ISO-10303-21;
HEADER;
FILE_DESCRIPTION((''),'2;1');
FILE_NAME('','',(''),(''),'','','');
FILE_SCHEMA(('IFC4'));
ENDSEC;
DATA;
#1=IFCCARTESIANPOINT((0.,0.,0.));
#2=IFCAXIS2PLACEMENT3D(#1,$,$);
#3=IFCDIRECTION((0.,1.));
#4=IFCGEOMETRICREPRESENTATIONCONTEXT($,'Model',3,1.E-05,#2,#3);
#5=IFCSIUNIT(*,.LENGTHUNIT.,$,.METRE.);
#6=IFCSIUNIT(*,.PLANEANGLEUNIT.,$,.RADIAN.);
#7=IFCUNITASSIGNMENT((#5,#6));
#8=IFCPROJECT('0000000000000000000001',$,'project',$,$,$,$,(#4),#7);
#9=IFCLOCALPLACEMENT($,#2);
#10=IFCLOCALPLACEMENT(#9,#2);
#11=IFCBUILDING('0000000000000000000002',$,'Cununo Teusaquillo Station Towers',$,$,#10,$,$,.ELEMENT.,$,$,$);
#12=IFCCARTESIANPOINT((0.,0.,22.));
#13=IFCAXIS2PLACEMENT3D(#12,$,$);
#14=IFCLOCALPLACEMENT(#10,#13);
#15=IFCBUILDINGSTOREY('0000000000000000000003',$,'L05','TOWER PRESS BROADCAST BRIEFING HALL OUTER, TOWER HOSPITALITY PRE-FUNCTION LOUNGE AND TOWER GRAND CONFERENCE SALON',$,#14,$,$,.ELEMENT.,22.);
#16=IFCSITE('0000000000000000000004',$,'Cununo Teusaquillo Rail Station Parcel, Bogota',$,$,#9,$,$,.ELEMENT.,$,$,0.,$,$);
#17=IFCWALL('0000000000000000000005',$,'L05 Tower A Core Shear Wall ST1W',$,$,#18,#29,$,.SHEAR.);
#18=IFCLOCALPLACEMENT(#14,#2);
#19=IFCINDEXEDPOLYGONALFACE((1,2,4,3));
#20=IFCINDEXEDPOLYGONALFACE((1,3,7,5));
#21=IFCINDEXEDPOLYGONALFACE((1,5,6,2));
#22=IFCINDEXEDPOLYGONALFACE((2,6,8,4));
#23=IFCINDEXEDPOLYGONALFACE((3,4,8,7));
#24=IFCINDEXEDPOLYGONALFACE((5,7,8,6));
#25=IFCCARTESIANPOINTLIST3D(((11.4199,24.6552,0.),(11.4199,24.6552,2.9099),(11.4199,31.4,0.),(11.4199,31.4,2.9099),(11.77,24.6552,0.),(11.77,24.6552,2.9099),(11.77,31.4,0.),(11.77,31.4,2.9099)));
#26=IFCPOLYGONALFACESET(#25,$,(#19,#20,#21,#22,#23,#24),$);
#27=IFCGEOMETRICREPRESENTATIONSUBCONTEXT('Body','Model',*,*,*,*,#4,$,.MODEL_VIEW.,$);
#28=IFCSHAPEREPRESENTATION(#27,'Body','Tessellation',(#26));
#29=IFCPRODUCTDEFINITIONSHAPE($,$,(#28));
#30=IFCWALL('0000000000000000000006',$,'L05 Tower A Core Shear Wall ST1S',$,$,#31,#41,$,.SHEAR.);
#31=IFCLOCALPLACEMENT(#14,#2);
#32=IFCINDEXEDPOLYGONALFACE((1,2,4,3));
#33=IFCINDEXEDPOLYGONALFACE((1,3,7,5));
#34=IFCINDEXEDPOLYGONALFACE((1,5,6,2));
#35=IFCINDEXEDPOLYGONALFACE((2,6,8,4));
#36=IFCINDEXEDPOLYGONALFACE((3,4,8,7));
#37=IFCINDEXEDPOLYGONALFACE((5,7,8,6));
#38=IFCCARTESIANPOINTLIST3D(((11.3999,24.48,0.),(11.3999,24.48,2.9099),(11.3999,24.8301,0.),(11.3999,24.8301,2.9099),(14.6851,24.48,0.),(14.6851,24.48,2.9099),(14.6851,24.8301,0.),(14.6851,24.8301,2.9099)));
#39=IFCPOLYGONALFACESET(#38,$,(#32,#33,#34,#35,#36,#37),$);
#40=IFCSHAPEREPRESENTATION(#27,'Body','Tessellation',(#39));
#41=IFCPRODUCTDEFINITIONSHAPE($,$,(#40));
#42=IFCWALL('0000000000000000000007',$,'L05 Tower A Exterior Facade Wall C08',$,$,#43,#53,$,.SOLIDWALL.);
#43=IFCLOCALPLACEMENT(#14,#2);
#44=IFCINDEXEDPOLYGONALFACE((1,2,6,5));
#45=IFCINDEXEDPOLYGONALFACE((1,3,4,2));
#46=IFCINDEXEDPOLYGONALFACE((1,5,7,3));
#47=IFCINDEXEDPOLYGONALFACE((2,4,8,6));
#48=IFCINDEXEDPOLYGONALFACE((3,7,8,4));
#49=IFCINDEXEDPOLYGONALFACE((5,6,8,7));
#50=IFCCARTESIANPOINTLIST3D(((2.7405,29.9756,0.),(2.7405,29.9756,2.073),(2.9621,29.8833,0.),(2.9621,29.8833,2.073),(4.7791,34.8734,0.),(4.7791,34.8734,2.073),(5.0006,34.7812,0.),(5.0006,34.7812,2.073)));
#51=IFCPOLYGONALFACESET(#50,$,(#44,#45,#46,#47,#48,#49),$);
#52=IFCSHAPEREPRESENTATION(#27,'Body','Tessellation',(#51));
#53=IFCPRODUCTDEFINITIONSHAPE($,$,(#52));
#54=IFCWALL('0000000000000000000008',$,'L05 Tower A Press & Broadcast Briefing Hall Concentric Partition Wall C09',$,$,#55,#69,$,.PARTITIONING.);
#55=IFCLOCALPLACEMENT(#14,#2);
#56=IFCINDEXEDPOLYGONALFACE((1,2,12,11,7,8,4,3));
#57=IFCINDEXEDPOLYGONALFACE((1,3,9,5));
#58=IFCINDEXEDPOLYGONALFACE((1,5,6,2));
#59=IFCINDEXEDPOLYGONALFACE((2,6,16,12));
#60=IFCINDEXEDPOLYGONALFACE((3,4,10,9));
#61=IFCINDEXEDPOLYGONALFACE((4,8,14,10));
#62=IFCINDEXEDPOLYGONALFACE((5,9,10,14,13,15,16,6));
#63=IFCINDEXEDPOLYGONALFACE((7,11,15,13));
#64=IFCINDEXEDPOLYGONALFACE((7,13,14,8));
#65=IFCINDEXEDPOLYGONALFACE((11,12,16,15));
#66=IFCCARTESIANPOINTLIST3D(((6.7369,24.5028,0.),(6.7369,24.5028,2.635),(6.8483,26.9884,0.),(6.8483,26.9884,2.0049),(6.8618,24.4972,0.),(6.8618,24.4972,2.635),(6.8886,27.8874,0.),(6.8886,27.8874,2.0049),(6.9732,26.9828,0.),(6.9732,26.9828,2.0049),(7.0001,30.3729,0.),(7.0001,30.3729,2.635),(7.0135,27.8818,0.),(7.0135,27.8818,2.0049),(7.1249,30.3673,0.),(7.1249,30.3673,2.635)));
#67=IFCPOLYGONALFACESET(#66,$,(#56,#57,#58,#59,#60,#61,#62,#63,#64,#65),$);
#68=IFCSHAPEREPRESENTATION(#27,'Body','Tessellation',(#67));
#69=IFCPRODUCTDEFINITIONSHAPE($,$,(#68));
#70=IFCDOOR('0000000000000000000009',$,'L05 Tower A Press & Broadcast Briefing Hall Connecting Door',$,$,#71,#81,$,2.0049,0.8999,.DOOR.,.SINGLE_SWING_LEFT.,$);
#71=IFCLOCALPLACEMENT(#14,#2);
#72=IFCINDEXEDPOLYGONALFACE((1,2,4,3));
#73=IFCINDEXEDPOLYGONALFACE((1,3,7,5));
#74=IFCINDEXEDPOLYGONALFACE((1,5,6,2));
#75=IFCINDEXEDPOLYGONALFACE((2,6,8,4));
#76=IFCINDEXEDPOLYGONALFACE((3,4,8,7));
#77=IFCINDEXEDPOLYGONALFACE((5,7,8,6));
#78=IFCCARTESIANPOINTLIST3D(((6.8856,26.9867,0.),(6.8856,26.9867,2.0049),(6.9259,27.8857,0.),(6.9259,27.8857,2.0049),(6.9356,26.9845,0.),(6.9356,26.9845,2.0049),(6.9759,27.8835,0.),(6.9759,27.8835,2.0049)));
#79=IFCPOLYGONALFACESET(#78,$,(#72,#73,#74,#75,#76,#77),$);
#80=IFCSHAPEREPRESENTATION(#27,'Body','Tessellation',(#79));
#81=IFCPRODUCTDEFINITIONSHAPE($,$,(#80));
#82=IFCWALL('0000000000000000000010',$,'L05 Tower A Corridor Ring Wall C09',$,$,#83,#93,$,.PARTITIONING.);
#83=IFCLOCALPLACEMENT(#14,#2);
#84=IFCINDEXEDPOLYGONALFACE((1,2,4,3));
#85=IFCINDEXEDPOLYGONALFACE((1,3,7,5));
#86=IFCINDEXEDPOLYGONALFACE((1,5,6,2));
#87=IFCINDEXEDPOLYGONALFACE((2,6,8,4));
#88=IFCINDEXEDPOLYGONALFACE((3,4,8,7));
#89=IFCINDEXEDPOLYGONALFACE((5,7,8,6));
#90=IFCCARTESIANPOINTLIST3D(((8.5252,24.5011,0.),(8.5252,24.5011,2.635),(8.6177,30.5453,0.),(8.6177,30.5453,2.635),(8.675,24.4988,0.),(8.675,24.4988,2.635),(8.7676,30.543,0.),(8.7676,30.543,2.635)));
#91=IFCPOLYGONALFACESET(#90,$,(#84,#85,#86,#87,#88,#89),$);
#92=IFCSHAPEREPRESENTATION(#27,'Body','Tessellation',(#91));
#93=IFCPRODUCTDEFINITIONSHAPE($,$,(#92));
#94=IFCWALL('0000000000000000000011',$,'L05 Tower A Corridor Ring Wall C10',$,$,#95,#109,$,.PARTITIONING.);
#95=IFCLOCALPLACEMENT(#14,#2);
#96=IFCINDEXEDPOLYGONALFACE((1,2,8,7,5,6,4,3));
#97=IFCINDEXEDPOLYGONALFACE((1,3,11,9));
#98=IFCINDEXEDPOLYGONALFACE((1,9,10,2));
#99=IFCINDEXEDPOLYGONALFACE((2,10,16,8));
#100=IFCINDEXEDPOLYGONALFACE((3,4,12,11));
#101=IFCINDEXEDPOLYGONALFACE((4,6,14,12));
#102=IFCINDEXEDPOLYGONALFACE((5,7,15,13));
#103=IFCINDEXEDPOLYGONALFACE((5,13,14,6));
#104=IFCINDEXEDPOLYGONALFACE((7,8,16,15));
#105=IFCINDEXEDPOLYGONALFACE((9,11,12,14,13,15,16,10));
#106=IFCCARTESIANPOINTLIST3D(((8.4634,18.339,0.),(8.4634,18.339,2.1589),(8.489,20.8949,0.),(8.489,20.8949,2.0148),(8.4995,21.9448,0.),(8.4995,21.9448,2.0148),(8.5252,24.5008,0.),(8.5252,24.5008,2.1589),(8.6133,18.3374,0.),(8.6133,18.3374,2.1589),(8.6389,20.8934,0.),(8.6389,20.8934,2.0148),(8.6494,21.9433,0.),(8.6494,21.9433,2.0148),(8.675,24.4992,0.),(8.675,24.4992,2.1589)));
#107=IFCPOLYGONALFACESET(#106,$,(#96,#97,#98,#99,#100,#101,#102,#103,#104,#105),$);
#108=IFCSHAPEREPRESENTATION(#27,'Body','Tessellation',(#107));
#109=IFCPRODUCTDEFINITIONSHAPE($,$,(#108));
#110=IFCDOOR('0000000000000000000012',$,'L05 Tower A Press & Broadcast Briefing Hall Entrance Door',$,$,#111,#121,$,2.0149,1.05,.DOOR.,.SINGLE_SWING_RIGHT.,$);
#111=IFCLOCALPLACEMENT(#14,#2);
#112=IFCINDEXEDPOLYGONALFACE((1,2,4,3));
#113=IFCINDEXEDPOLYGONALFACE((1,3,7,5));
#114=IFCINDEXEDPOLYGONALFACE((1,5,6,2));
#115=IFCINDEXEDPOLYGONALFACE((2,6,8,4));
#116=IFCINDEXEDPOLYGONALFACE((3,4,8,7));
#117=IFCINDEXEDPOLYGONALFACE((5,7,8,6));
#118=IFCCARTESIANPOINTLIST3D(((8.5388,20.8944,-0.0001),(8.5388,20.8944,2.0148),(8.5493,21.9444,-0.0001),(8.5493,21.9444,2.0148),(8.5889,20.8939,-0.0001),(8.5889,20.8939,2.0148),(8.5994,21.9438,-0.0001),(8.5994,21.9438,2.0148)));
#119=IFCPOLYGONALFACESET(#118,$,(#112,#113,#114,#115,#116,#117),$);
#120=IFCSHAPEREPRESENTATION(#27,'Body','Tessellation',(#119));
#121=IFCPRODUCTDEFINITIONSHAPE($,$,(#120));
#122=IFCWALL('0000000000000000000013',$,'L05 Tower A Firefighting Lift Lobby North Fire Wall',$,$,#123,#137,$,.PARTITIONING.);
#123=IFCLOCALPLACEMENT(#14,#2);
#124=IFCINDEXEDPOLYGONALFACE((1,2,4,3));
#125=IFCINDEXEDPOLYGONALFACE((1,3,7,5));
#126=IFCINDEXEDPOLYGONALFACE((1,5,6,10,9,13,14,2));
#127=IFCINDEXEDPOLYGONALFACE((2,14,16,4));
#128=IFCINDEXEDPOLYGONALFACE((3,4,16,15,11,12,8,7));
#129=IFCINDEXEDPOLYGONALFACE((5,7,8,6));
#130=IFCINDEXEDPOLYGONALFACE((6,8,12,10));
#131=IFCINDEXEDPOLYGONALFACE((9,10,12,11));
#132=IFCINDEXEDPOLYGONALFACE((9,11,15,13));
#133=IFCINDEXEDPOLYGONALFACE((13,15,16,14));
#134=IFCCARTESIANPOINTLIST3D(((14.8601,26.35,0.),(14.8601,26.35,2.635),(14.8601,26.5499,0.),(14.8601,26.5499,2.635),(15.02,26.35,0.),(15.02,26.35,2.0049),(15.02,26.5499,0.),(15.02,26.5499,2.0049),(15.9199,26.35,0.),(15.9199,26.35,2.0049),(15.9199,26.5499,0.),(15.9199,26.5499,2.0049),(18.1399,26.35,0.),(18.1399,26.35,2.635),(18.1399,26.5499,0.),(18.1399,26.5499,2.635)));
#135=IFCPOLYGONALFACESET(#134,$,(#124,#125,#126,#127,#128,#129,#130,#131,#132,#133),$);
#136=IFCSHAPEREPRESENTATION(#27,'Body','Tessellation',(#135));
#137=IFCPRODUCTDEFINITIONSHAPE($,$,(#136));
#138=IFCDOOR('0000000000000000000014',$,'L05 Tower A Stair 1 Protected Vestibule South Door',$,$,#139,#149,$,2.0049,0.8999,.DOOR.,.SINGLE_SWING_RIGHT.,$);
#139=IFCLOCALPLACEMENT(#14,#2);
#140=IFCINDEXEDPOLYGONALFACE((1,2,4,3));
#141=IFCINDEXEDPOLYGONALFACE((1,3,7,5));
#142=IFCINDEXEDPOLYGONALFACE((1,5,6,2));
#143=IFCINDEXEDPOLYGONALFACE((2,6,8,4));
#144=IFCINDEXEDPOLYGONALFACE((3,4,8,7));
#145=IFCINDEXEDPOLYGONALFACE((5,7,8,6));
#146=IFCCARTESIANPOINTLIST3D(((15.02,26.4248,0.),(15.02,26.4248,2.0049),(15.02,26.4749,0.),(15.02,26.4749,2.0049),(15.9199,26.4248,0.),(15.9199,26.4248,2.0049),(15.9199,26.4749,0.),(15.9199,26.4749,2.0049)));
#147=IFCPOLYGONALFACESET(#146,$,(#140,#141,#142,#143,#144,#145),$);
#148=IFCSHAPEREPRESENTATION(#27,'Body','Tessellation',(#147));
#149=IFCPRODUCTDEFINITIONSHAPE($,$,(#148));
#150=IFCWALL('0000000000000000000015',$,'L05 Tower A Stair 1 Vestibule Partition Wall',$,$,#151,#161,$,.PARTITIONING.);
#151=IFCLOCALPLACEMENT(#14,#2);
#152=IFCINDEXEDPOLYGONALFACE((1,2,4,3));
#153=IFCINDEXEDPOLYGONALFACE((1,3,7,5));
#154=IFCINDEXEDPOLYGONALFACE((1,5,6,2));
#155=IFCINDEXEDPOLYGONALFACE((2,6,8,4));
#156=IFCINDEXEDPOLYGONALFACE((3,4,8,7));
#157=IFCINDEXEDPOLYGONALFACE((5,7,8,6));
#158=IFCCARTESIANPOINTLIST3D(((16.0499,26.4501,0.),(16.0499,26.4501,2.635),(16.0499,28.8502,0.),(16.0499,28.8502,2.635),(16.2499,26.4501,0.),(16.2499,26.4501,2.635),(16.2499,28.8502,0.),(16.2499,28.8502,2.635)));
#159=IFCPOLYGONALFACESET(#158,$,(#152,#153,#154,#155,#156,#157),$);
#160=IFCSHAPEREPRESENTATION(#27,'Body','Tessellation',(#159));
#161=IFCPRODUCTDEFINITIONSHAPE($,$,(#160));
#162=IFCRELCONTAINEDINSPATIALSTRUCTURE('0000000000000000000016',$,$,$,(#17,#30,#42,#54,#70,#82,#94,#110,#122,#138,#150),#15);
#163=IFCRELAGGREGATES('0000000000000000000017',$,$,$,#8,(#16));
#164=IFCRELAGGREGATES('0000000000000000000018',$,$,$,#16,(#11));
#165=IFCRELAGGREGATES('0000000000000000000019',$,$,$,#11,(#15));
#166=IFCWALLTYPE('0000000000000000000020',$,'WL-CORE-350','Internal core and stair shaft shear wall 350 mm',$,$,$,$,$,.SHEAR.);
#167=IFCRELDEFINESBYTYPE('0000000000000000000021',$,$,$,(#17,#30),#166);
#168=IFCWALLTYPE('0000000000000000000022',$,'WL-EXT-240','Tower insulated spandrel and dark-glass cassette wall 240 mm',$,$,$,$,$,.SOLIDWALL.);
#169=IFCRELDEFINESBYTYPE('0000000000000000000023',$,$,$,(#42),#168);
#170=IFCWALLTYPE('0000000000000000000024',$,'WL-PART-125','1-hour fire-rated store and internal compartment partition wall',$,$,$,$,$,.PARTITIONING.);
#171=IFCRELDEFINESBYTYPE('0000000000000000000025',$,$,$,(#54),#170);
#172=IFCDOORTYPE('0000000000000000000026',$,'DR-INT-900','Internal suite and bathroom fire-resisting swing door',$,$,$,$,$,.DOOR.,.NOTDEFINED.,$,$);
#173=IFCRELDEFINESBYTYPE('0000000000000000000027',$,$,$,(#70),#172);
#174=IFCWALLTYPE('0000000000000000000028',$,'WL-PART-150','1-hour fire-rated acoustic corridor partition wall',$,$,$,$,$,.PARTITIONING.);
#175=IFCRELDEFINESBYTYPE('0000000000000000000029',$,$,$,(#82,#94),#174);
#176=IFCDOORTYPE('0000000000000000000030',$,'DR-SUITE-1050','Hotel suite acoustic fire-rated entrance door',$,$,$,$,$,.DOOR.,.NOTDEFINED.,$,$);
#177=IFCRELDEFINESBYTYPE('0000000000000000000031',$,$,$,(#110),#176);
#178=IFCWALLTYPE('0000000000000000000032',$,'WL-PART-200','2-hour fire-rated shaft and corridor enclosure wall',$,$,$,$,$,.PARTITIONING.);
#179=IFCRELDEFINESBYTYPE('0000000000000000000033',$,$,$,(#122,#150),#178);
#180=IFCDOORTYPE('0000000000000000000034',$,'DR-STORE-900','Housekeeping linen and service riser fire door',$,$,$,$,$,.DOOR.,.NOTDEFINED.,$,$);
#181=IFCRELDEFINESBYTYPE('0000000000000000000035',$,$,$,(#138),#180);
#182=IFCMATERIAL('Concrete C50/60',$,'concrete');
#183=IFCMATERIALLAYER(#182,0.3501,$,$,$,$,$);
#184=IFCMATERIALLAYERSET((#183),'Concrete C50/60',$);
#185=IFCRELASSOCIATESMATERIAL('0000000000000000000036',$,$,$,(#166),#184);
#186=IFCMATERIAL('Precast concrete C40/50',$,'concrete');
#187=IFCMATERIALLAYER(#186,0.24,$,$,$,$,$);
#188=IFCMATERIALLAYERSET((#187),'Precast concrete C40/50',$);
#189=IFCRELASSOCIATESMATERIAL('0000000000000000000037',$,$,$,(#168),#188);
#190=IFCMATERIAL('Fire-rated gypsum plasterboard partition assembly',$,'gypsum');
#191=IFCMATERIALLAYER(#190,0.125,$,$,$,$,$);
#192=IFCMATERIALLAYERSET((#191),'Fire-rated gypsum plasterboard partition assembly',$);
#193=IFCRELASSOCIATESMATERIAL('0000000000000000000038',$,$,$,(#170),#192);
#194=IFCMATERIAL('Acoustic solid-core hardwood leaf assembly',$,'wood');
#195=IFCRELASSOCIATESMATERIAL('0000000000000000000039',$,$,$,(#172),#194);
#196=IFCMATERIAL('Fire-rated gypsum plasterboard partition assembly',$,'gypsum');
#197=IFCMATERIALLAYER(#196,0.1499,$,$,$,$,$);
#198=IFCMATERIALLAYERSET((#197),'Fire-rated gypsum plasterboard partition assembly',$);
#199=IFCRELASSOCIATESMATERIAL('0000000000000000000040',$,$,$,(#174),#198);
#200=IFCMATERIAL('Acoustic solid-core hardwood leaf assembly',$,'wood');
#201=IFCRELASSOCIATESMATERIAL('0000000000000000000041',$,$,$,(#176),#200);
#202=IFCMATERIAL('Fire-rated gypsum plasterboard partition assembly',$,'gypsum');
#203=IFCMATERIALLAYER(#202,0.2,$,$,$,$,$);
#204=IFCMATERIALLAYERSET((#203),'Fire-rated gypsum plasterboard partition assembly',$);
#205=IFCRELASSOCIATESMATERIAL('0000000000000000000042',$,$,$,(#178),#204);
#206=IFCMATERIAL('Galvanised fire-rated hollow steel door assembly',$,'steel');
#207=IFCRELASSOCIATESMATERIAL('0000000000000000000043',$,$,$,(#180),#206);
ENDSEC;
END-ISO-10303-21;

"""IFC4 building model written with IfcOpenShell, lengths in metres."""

from ifc_helpers import new_model, si_unit, direction, frame, frame_2d, origin, place, context, subcontext, project, spatial, rectangle, extrude, source, transform, mapped, material, layer, layer_set, type_object, element, fill, save


model = new_model("IFC4")

# Units and contexts
model_context = context("Model", 3, precision=1e-05, world=origin(), true_north=direction((0.0, 1.0)))
body_context = subcontext(model_context, "Body", "Model", "MODEL_VIEW")
ifc_project = project(units=[si_unit("LENGTHUNIT", "METRE"), si_unit("PLANEANGLEUNIT", "RADIAN")], contexts=[model_context])

# Site, building, storey
site_placement = place(None, origin())
site = spatial("IfcSite", under=ifc_project, at=site_placement, Name="Cununo Teusaquillo Rail Station Parcel, Bogota", CompositionType="ELEMENT", RefElevation=0.0)
building_placement = place(site_placement, origin())
building = spatial("IfcBuilding", under=site, at=building_placement, Name="Cununo Teusaquillo Station Towers", CompositionType="ELEMENT")
storey_placement = place(building_placement, frame((0.0, 0.0, 22.0)))
storey = spatial("IfcBuildingStorey", under=building, at=storey_placement, Name="L05", Description="TOWER PRESS BROADCAST BRIEFING HALL OUTER, TOWER HOSPITALITY PRE-FUNCTION LOUNGE AND TOWER GRAND CONFERENCE SALON", CompositionType="ELEMENT", Elevation=22.0)

# Walls
ifc_material_1 = material(Name="Concrete C50/60", Category="concrete")
ifc_layer_1 = layer(ifc_material_1, 0.3501)
ifc_layer_set_1 = layer_set([ifc_layer_1], Name="Concrete C50/60")
wall_type_1 = type_object("IfcWallType", Name="WL-CORE-350", Description="Internal core and stair shaft shear wall 350 mm", PredefinedType="SHEAR", material=ifc_layer_set_1)
wall_1_placement = place(storey_placement, frame((11.595, 24.655, 0.0), z_axis=(0.0, 0.0, 1.0), x_axis=(0.0, 1.0, 0.0)))
element("IfcWall", 1, at=wall_1_placement, inside=storey, type_object=wall_type_1, Name="L05 Tower A Core Shear Wall ST1W", PredefinedType="SHEAR", context=body_context, shape_type="SweptSolid", body=[
    extrude(rectangle(XDim=6.7449, YDim=0.3501, at=frame_2d((3.3726, 0.0))), origin(), (0.0, 0.0, 1.0), 2.9099),
])
wall_2_placement = place(storey_placement, frame((11.3999, 24.655, 0.0), z_axis=(0.0, 0.0, 1.0), x_axis=(1.0, 0.0, 0.0)))
element("IfcWall", 2, at=wall_2_placement, inside=storey, type_object=wall_type_1, Name="L05 Tower A Core Shear Wall ST1S", PredefinedType="SHEAR", context=body_context, shape_type="SweptSolid", body=[
    extrude(rectangle(XDim=3.2852, YDim=0.3501, at=frame_2d((1.6426, 0.0))), origin(), (0.0, 0.0, 1.0), 2.9099),
])
ifc_material_2 = material(Name="Precast concrete C40/50", Category="concrete")
ifc_layer_2 = layer(ifc_material_2, 0.24)
ifc_layer_set_2 = layer_set([ifc_layer_2], Name="Precast concrete C40/50")
wall_type_2 = type_object("IfcWallType", Name="WL-EXT-240", Description="Tower insulated spandrel and dark-glass cassette wall 240 mm", PredefinedType="SOLIDWALL", material=ifc_layer_set_2)
wall_3_placement = place(storey_placement, frame((2.8513, 29.9294, 0.0), z_axis=(0.0, 0.0, 1.0), x_axis=(0.384256, 0.923227, 0.0)))
element("IfcWall", 3, at=wall_3_placement, inside=storey, type_object=wall_type_2, Name="L05 Tower A Exterior Facade Wall C08", PredefinedType="SOLIDWALL", context=body_context, shape_type="SweptSolid", body=[
    extrude(rectangle(XDim=5.3052, YDim=0.24, at=frame_2d((2.6526, 0.0))), origin(), (0.0, 0.0, 1.0), 2.073),
])

# Wall, opening, door
ifc_material_3 = material(Name="Fire-rated gypsum plasterboard partition assembly", Category="gypsum")
ifc_layer_3 = layer(ifc_material_3, 0.125)
ifc_layer_set_3 = layer_set([ifc_layer_3], Name="Fire-rated gypsum plasterboard partition assembly")
wall_type_3 = type_object("IfcWallType", Name="WL-PART-125", Description="1-hour fire-rated store and internal compartment partition wall", PredefinedType="PARTITIONING", material=ifc_layer_set_3)
wall_4_placement = place(storey_placement, frame((7.0625, 30.3701, 0.0), z_axis=(0.0, 0.0, 1.0), x_axis=(-0.044789, -0.998996, 0.0)))
wall_4 = element("IfcWall", 4, at=wall_4_placement, inside=storey, type_object=wall_type_3, Name="L05 Tower A Press & Broadcast Briefing Hall Concentric Partition Wall C09", PredefinedType="PARTITIONING", context=body_context, shape_type="SweptSolid", body=[
    extrude(rectangle(XDim=5.876, YDim=0.125, at=frame_2d((2.938, 0.0))), origin(), (0.0, 0.0, 1.0), 2.635),
])
shared_shape_1 = source(origin(), body_context, "Body", "SweptSolid", [
    extrude(rectangle(XDim=0.8999, YDim=2.0049, at=frame_2d((0.45, 1.0024))), frame((0.0, 0.0725, 0.0), z_axis=(0.0, -1.0, 0.0), x_axis=(1.0, 0.0, 0.0)), (0.0, 0.0, 1.0), 0.145),
])
opening_1_placement = place(wall_4_placement, frame((2.488, 0.0, 0.0)))
opening_1 = element("IfcOpeningElement", 5, at=opening_1_placement, cuts=wall_4, PredefinedType="OPENING", context=body_context, shape_type="MappedRepresentation", body=[
    mapped(shared_shape_1, transform((0.0, 0.0, 0.0), x_axis=(1.0, 0.0, 0.0), y_axis=(0.0, 1.0, 0.0), z_axis=(0.0, 0.0, 1.0), scale=1.0)),
])
ifc_material_4 = material(Name="Acoustic solid-core hardwood leaf assembly", Category="wood")
door_type_1 = type_object("IfcDoorType", Name="DR-INT-900", Description="Internal suite and bathroom fire-resisting swing door", OperationType="NOTDEFINED", PredefinedType="DOOR", material=ifc_material_4)
shared_shape_2 = source(origin(), body_context, "Body", "SweptSolid", [
    extrude(rectangle(XDim=0.8999, YDim=2.0049, at=frame_2d((0.45, 1.0024))), frame((0.0, 0.0249, 0.0), z_axis=(0.0, -1.0, 0.0), x_axis=(1.0, 0.0, 0.0)), (0.0, 0.0, 1.0), 0.05),
])
door_1_placement = place(opening_1_placement, origin())
door_1 = element("IfcDoor", 6, at=door_1_placement, inside=storey, type_object=door_type_1, Name="L05 Tower A Press & Broadcast Briefing Hall Connecting Door", OperationType="SINGLE_SWING_LEFT", OverallHeight=2.0049, OverallWidth=0.8999, PredefinedType="DOOR", context=body_context, shape_type="MappedRepresentation", body=[
    mapped(shared_shape_2, transform((0.0, 0.0, 0.0), x_axis=(1.0, 0.0, 0.0), y_axis=(0.0, 1.0, 0.0), z_axis=(0.0, 0.0, 1.0), scale=1.0)),
])
fill(opening_1, door_1)

# Wall
ifc_material_5 = material(Name="Fire-rated gypsum plasterboard partition assembly", Category="gypsum")
ifc_layer_4 = layer(ifc_material_5, 0.1499)
ifc_layer_set_4 = layer_set([ifc_layer_4], Name="Fire-rated gypsum plasterboard partition assembly")
wall_type_4 = type_object("IfcWallType", Name="WL-PART-150", Description="1-hour fire-rated acoustic corridor partition wall", PredefinedType="PARTITIONING", material=ifc_layer_set_4)
wall_5_placement = place(storey_placement, frame((8.6926, 30.5442, 0.0), z_axis=(0.0, 0.0, 1.0), x_axis=(-0.015307, -0.999883, 0.0)))
element("IfcWall", 7, at=wall_5_placement, inside=storey, type_object=wall_type_4, Name="L05 Tower A Corridor Ring Wall C09", PredefinedType="PARTITIONING", context=body_context, shape_type="SweptSolid", body=[
    extrude(rectangle(XDim=6.0449, YDim=0.1499, at=frame_2d((3.0225, 0.0))), origin(), (0.0, 0.0, 1.0), 2.635),
])

# Walls, openings, doors
wall_6_placement = place(storey_placement, frame((8.6001, 24.5, 0.0), z_axis=(0.0, 0.0, 1.0), x_axis=(-0.010024, -0.99995, 0.0)))
wall_6 = element("IfcWall", 8, at=wall_6_placement, inside=storey, type_object=wall_type_4, Name="L05 Tower A Corridor Ring Wall C10", PredefinedType="PARTITIONING", context=body_context, shape_type="SweptSolid", body=[
    extrude(rectangle(XDim=6.1621, YDim=0.1499, at=frame_2d((3.0811, 0.0))), origin(), (0.0, 0.0, 1.0), 2.1589),
])
shared_shape_3 = source(origin(), body_context, "Body", "SweptSolid", [
    extrude(rectangle(XDim=1.05, YDim=2.0149, at=frame_2d((0.5249, 1.0073))), frame((0.0, 0.085, 0.0), z_axis=(0.0, -1.0, 0.0), x_axis=(1.0, 0.0, 0.0)), (0.0, 0.0, 1.0), 0.1699),
])
opening_2_placement = place(wall_6_placement, frame((2.5562, 0.0, 0.0)))
opening_2 = element("IfcOpeningElement", 9, at=opening_2_placement, cuts=wall_6, PredefinedType="OPENING", context=body_context, shape_type="MappedRepresentation", body=[
    mapped(shared_shape_3, transform((0.0, 0.0, 0.0), x_axis=(1.0, 0.0, 0.0), y_axis=(0.0, 1.0, 0.0), z_axis=(0.0, 0.0, 1.0), scale=1.0)),
])
ifc_material_6 = material(Name="Acoustic solid-core hardwood leaf assembly", Category="wood")
door_type_2 = type_object("IfcDoorType", Name="DR-SUITE-1050", Description="Hotel suite acoustic fire-rated entrance door", OperationType="NOTDEFINED", PredefinedType="DOOR", material=ifc_material_6)
shared_shape_4 = source(origin(), body_context, "Body", "SweptSolid", [
    extrude(rectangle(XDim=1.05, YDim=2.0149, at=frame_2d((0.5249, 1.0073))), frame((0.0, 0.0249, 0.0), z_axis=(0.0, -1.0, 0.0), x_axis=(1.0, 0.0, 0.0)), (0.0, 0.0, 1.0), 0.05),
])
door_2_placement = place(opening_2_placement, origin())
door_2 = element("IfcDoor", 10, at=door_2_placement, inside=storey, type_object=door_type_2, Name="L05 Tower A Press & Broadcast Briefing Hall Entrance Door", OperationType="SINGLE_SWING_RIGHT", OverallHeight=2.0149, OverallWidth=1.05, PredefinedType="DOOR", context=body_context, shape_type="MappedRepresentation", body=[
    mapped(shared_shape_4, transform((0.0, 0.0, 0.0), x_axis=(1.0, 0.0, 0.0), y_axis=(0.0, 1.0, 0.0), z_axis=(0.0, 0.0, 1.0), scale=1.0)),
])
fill(opening_2, door_2)
ifc_material_7 = material(Name="Fire-rated gypsum plasterboard partition assembly", Category="gypsum")
ifc_layer_5 = layer(ifc_material_7, 0.2)
ifc_layer_set_5 = layer_set([ifc_layer_5], Name="Fire-rated gypsum plasterboard partition assembly")
wall_type_5 = type_object("IfcWallType", Name="WL-PART-200", Description="2-hour fire-rated shaft and corridor enclosure wall", PredefinedType="PARTITIONING", material=ifc_layer_set_5)
wall_7_placement = place(storey_placement, frame((14.8601, 26.45, 0.0), z_axis=(0.0, 0.0, 1.0), x_axis=(1.0, 0.0, 0.0)))
wall_7 = element("IfcWall", 11, at=wall_7_placement, inside=storey, type_object=wall_type_5, Name="L05 Tower A Firefighting Lift Lobby North Fire Wall", PredefinedType="PARTITIONING", context=body_context, shape_type="SweptSolid", body=[
    extrude(rectangle(XDim=3.2798, YDim=0.2, at=frame_2d((1.6399, 0.0))), origin(), (0.0, 0.0, 1.0), 2.635),
])
shared_shape_5 = source(origin(), body_context, "Body", "SweptSolid", [
    extrude(rectangle(XDim=0.8999, YDim=2.0049, at=frame_2d((0.45, 1.0024))), frame((0.0, 0.1099, 0.0), z_axis=(0.0, -1.0, 0.0), x_axis=(1.0, 0.0, 0.0)), (0.0, 0.0, 1.0), 0.22),
])
opening_3_placement = place(wall_7_placement, frame((0.1599, 0.0, 0.0)))
opening_3 = element("IfcOpeningElement", 12, at=opening_3_placement, cuts=wall_7, PredefinedType="OPENING", context=body_context, shape_type="MappedRepresentation", body=[
    mapped(shared_shape_5, transform((0.0, 0.0, 0.0), x_axis=(1.0, 0.0, 0.0), y_axis=(0.0, 1.0, 0.0), z_axis=(0.0, 0.0, 1.0), scale=1.0)),
])
ifc_material_8 = material(Name="Galvanised fire-rated hollow steel door assembly", Category="steel")
door_type_3 = type_object("IfcDoorType", Name="DR-STORE-900", Description="Housekeeping linen and service riser fire door", OperationType="NOTDEFINED", PredefinedType="DOOR", material=ifc_material_8)
door_3_placement = place(opening_3_placement, origin())
door_3 = element("IfcDoor", 13, at=door_3_placement, inside=storey, type_object=door_type_3, Name="L05 Tower A Stair 1 Protected Vestibule South Door", OperationType="SINGLE_SWING_RIGHT", OverallHeight=2.0049, OverallWidth=0.8999, PredefinedType="DOOR", context=body_context, shape_type="MappedRepresentation", body=[
    mapped(shared_shape_2, transform((0.0, 0.0, 0.0), x_axis=(1.0, 0.0, 0.0), y_axis=(0.0, 1.0, 0.0), z_axis=(0.0, 0.0, 1.0), scale=1.0)),
])
fill(opening_3, door_3)

# Wall
wall_8_placement = place(storey_placement, frame((16.1499, 26.45, 0.0), z_axis=(0.0, 0.0, 1.0), x_axis=(0.0, 1.0, 0.0)))
element("IfcWall", 14, at=wall_8_placement, inside=storey, type_object=wall_type_5, Name="L05 Tower A Stair 1 Vestibule Partition Wall", PredefinedType="PARTITIONING", context=body_context, shape_type="SweptSolid", body=[
    extrude(rectangle(XDim=2.4001, YDim=0.2, at=frame_2d((1.2002, 0.0))), origin(), (0.0, 0.0, 1.0), 2.635),
])

save(model, "model.ifc")
